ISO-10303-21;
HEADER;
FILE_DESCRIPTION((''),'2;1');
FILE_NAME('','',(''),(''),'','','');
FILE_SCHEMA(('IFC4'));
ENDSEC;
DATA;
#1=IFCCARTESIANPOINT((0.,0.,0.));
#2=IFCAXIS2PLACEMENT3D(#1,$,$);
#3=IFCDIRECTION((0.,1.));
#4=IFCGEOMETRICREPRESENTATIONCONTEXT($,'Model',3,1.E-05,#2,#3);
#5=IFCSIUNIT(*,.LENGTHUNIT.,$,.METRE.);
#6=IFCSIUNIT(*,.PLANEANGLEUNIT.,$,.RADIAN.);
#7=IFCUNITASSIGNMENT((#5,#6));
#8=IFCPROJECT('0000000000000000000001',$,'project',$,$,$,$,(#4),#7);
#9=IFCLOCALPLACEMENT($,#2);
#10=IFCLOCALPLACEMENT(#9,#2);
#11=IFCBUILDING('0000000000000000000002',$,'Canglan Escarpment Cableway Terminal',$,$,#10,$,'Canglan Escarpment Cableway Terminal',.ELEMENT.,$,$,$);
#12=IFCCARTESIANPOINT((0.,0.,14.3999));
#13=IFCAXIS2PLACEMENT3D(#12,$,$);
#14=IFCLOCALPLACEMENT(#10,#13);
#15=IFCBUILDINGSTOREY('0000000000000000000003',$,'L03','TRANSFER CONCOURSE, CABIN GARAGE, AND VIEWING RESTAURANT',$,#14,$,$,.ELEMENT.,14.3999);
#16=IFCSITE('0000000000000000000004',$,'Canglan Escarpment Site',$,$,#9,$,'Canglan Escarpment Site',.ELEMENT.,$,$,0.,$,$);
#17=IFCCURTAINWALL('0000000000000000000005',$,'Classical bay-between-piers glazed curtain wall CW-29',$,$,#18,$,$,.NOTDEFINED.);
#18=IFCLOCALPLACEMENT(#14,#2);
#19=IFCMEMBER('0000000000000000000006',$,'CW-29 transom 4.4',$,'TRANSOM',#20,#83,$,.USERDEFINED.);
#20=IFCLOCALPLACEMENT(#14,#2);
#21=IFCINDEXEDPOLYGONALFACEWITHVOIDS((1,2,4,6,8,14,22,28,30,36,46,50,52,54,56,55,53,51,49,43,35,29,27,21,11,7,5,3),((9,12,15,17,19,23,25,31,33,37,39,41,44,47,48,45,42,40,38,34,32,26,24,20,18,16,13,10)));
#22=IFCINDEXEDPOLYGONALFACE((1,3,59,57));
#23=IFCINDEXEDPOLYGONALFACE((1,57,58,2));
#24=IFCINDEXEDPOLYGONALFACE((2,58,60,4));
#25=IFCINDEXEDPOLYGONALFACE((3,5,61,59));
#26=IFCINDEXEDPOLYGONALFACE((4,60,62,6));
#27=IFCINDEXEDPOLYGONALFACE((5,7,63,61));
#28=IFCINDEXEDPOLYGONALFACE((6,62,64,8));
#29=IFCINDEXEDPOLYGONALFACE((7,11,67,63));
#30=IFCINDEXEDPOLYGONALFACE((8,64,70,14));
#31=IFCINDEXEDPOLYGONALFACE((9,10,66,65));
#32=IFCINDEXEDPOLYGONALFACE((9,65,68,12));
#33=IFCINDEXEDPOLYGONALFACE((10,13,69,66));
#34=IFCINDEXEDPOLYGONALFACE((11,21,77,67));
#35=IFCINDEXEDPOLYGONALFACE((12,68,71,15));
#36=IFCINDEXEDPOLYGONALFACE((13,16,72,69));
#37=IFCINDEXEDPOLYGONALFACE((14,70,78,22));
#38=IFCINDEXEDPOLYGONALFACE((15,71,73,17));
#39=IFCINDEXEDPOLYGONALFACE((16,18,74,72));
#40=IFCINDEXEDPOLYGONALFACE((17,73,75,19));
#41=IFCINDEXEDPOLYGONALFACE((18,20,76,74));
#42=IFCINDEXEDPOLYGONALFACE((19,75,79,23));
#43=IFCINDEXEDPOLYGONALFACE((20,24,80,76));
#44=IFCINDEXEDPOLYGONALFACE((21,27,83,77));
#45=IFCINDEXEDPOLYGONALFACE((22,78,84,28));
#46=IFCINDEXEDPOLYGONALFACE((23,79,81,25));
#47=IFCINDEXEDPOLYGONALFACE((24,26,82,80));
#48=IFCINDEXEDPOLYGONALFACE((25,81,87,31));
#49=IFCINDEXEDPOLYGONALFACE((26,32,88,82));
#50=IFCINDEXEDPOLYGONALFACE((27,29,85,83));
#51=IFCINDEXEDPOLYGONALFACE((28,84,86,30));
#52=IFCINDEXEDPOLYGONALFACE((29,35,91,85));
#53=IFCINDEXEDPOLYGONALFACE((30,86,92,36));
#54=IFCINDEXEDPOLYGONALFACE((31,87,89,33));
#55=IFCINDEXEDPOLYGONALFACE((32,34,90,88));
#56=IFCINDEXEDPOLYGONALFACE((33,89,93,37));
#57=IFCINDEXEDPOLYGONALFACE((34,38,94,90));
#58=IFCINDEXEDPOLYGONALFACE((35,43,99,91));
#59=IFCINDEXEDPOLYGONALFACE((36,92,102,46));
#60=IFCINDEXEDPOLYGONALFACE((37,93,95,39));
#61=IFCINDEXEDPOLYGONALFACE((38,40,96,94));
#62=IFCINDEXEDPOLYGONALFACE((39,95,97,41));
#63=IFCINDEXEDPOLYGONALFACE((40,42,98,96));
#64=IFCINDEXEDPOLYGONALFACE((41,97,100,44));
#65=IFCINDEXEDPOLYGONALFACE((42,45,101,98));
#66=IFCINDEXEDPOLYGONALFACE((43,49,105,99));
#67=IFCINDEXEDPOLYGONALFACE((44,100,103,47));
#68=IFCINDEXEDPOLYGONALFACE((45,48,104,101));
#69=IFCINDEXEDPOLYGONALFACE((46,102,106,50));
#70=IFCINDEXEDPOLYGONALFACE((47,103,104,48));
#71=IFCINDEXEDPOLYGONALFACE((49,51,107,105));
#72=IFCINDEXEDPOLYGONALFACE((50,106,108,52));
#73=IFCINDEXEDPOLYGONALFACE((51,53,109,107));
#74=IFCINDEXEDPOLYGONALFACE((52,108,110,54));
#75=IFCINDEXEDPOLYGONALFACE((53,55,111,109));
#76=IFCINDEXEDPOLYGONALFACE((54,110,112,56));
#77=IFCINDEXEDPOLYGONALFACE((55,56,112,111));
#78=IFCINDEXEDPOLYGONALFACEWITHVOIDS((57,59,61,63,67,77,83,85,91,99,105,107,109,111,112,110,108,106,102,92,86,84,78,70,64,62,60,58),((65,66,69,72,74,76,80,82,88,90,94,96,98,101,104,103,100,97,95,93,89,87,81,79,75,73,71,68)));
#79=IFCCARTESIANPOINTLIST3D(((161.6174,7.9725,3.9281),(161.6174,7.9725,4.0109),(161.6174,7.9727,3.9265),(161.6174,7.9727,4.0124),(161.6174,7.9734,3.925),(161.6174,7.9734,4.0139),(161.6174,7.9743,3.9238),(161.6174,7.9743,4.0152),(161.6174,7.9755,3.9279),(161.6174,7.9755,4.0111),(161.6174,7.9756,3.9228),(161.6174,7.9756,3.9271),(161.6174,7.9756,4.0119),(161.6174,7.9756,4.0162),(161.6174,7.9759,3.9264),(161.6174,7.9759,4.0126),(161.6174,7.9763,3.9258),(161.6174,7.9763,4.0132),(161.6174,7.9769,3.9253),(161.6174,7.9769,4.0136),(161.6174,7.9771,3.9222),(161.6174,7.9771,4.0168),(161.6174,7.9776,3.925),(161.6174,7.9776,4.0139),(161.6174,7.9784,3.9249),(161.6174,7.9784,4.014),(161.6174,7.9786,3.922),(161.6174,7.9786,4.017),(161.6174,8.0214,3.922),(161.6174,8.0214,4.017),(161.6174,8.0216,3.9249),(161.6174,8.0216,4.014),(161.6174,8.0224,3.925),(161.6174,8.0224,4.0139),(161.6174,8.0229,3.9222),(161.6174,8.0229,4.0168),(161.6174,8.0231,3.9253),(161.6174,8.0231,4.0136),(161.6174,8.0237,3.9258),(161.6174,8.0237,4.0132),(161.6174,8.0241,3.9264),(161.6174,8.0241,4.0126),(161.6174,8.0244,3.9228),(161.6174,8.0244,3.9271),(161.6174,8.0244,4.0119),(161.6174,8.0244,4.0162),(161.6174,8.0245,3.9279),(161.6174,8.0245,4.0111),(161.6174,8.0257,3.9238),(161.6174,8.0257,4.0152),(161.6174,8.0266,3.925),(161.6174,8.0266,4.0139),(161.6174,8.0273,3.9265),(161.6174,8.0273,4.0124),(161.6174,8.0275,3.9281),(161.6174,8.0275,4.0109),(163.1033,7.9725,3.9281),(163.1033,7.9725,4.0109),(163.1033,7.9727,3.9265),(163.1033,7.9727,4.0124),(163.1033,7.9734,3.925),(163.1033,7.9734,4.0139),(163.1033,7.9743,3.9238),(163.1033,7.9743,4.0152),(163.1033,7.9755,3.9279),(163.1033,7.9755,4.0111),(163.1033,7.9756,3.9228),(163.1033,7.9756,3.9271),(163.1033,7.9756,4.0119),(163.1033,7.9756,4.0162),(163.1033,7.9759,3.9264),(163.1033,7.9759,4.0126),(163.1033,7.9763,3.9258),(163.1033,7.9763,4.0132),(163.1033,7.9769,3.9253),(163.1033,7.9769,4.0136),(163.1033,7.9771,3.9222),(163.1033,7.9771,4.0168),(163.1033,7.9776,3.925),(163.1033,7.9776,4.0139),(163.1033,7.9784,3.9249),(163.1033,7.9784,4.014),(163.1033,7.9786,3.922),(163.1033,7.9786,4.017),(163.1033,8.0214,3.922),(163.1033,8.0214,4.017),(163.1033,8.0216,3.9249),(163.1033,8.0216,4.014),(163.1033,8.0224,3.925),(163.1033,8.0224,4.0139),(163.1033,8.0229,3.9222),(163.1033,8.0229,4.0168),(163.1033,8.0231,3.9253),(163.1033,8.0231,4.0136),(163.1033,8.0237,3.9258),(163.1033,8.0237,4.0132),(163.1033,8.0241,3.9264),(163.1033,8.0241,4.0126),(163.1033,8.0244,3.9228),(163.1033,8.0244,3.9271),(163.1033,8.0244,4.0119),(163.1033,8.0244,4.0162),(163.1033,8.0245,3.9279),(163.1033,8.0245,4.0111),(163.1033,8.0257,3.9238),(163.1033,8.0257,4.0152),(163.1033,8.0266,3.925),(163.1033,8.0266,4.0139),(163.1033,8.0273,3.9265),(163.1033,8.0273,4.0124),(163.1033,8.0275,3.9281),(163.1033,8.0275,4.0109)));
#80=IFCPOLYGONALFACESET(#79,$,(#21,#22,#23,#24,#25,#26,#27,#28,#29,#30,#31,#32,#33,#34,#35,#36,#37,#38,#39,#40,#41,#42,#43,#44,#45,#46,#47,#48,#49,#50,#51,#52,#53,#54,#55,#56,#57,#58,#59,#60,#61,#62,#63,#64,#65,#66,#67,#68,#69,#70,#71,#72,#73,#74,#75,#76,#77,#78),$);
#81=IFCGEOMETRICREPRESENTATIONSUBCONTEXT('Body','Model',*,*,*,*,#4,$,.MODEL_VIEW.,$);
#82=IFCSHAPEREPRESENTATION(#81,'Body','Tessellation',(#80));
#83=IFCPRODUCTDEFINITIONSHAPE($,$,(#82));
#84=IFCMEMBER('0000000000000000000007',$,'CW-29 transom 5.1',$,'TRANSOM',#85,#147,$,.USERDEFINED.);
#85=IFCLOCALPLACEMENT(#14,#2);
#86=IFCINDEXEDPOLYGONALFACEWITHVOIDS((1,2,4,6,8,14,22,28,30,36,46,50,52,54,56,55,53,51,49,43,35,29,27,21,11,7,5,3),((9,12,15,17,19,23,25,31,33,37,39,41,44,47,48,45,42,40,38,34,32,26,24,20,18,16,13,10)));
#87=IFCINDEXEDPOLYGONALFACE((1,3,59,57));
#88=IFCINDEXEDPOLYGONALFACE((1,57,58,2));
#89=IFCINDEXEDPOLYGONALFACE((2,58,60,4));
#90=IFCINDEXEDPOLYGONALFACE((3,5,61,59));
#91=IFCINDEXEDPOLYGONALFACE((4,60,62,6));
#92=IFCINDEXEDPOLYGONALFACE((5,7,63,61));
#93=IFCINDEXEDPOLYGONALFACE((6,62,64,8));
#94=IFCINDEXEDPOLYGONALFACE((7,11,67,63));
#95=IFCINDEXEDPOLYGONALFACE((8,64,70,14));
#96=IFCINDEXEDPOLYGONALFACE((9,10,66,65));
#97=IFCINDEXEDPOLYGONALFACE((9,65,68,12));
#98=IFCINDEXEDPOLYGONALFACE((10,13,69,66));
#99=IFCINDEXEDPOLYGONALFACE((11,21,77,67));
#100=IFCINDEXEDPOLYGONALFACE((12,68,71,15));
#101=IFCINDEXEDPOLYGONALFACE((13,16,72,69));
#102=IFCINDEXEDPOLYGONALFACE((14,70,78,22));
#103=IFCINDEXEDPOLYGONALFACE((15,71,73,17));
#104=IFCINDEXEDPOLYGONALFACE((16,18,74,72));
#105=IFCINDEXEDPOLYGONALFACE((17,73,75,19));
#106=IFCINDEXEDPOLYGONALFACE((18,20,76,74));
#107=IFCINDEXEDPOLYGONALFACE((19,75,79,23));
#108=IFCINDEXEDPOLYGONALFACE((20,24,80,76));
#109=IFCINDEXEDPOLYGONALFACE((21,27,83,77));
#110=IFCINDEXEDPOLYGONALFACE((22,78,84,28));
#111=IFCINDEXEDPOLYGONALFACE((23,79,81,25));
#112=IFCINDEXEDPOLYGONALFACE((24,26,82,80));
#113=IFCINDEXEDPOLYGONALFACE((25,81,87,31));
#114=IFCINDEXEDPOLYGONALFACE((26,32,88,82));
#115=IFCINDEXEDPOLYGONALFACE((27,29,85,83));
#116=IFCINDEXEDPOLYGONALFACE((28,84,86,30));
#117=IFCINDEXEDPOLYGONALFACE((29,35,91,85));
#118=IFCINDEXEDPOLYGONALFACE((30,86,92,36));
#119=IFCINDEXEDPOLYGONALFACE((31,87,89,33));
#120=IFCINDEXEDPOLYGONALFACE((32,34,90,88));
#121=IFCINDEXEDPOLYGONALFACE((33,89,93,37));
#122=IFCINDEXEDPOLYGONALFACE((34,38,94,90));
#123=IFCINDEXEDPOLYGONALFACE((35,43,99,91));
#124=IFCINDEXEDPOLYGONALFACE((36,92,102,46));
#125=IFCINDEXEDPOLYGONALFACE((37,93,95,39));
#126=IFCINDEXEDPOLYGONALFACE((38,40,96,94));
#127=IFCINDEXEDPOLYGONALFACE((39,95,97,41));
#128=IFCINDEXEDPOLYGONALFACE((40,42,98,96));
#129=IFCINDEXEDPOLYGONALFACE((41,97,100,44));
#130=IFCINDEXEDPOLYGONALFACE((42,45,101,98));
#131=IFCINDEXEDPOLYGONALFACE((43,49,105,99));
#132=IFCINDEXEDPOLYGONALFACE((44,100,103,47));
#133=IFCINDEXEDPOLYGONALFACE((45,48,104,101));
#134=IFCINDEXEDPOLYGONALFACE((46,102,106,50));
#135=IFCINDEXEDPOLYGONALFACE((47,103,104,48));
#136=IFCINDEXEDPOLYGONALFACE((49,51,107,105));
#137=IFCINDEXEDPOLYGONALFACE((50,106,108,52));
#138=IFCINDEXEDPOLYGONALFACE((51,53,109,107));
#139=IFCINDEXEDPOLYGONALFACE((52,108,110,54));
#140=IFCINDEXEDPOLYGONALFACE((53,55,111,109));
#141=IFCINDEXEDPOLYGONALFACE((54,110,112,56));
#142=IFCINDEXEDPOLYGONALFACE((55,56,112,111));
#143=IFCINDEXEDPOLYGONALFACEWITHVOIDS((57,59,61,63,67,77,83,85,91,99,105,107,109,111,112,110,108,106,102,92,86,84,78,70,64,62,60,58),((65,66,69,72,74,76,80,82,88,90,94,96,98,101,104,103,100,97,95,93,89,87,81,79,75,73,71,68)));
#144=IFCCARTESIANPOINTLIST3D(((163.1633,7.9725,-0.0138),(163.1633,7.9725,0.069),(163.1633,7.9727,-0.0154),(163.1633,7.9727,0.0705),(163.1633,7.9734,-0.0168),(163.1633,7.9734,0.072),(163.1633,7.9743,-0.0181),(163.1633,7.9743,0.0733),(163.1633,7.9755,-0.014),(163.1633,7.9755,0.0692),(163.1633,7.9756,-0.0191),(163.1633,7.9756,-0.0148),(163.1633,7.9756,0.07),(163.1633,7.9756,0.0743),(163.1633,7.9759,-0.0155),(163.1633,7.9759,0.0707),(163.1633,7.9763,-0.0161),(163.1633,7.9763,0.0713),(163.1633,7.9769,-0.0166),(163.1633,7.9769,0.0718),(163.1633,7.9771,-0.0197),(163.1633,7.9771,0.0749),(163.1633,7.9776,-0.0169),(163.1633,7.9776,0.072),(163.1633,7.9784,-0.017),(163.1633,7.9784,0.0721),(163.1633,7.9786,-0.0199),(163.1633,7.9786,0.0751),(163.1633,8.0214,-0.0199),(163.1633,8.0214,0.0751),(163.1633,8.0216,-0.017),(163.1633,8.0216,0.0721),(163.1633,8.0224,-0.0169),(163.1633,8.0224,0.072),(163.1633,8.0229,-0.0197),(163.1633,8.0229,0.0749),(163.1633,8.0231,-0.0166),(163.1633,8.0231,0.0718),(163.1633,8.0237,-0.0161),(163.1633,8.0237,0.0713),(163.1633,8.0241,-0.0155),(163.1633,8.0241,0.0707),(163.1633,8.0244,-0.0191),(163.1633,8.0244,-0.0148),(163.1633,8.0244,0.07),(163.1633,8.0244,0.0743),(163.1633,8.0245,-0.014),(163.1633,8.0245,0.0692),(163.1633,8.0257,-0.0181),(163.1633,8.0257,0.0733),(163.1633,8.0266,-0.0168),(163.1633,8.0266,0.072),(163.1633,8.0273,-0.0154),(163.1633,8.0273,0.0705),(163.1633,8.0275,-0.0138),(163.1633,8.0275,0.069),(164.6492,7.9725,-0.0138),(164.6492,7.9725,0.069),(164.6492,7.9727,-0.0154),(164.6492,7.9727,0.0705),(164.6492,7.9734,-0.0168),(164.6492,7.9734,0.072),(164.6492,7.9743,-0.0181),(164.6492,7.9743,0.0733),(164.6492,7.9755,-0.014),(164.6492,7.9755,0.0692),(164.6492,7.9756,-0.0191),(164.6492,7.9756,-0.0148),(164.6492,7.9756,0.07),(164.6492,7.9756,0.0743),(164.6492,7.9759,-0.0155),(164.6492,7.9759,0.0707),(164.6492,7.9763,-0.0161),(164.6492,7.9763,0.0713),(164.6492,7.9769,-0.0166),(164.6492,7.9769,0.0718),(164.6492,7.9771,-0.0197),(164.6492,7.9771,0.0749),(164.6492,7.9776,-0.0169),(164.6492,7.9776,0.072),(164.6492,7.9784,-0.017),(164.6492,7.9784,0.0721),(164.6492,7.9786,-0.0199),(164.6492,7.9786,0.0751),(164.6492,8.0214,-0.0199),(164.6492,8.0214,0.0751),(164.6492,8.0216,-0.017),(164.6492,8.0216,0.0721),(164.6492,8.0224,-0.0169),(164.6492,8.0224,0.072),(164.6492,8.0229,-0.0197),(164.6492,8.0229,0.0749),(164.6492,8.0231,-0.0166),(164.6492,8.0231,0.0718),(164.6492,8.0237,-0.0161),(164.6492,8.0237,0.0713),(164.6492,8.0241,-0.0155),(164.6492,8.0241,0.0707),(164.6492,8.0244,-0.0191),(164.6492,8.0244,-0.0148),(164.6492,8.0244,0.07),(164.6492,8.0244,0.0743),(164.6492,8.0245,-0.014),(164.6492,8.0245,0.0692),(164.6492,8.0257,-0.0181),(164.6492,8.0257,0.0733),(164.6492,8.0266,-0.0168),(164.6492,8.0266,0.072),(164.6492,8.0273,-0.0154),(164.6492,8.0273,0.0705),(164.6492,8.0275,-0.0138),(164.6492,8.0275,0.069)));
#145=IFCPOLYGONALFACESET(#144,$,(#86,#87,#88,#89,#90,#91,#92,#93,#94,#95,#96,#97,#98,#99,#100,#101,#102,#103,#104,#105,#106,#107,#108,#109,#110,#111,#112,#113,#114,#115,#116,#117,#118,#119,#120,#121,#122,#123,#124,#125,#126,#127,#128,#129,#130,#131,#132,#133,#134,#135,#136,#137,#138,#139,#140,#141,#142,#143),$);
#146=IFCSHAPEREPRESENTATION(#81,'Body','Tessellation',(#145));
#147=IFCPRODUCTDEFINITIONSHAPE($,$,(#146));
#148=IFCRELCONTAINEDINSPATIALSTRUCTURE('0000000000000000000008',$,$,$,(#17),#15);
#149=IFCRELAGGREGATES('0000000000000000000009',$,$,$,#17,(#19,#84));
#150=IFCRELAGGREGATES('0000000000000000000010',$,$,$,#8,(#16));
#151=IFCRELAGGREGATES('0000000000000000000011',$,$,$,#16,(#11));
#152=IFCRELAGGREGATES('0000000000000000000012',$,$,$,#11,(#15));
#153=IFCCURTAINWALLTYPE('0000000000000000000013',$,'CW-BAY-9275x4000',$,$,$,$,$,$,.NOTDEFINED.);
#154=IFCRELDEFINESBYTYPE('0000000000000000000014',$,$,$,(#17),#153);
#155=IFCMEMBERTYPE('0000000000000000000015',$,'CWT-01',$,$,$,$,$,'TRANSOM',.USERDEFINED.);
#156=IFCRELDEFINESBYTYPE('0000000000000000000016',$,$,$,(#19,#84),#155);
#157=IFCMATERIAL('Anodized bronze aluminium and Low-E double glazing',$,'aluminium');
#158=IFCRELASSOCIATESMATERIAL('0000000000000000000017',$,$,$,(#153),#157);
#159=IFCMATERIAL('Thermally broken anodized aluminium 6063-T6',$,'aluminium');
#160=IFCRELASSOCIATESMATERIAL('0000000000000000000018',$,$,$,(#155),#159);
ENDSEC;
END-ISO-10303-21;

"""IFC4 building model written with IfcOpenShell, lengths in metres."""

from ifc_helpers import new_model, si_unit, direction, frame, origin, origin_2d, place, context, subcontext, project, spatial, hollow_rectangle, extrude, material, material_profile, profile_set, type_object, element, aggregate, save


model = new_model("IFC4")

# Units and contexts
model_context = context("Model", 3, precision=1e-05, world=origin(), true_north=direction((0.0, 1.0)))
body_context = subcontext(model_context, "Body", "Model", "MODEL_VIEW")
ifc_project = project(units=[si_unit("LENGTHUNIT", "METRE"), si_unit("PLANEANGLEUNIT", "RADIAN")], contexts=[model_context])

# Site, building, storey
site_placement = place(None, origin())
site = spatial("IfcSite", under=ifc_project, at=site_placement, Name="Canglan Escarpment Site", LongName="Canglan Escarpment Site", CompositionType="ELEMENT", RefElevation=0.0)
building_placement = place(site_placement, origin())
building = spatial("IfcBuilding", under=site, at=building_placement, Name="Canglan Escarpment Cableway Terminal", LongName="Canglan Escarpment Cableway Terminal", CompositionType="ELEMENT")
storey_placement = place(building_placement, frame((0.0, 0.0, 14.3999)))
storey = spatial("IfcBuildingStorey", under=building, at=storey_placement, Name="L03", Description="TRANSFER CONCOURSE, CABIN GARAGE, AND VIEWING RESTAURANT", CompositionType="ELEMENT", Elevation=14.3999)

# Curtain wall, members
ifc_material_1 = material(Name="Anodized bronze aluminium and Low-E double glazing", Category="aluminium")
curtain_wall_type = type_object("IfcCurtainWallType", Name="CW-BAY-9275x4000", PredefinedType="NOTDEFINED", material=ifc_material_1)
curtain_wall_placement = place(storey_placement, origin())
curtain_wall = element("IfcCurtainWall", 1, at=curtain_wall_placement, inside=storey, type_object=curtain_wall_type, Name="Classical bay-between-piers glazed curtain wall CW-29", PredefinedType="NOTDEFINED")
ifc_material_2 = material(Name="Thermally broken anodized aluminium 6063-T6", Category="aluminium")
ifc_material_profile_1 = material_profile(ifc_material_2, hollow_rectangle(XDim=0.0549, YDim=0.095, WallThickness=0.0029, InnerFilletRadius=0.0029, OuterFilletRadius=0.0061, at=origin_2d()), Name="ALU-TRAN 55x95x3")
ifc_profile_set_1 = profile_set([ifc_material_profile_1], Name="Thermally broken anodized aluminium 6063-T6")
member_type_1 = type_object("IfcMemberType", Name="CWT-01", ElementType="TRANSOM", PredefinedType="USERDEFINED", material=ifc_profile_set_1)
member_1_placement = place(storey_placement, frame((161.6174, 8.0, 3.9695), z_axis=(1.0, 0.0, 0.0), x_axis=(0.0, 1.0, 0.0)))
member_1 = element("IfcMember", 2, at=member_1_placement, type_object=member_type_1, Name="CW-29 transom 4.4", ObjectType="TRANSOM", PredefinedType="USERDEFINED", context=body_context, shape_type="SweptSolid", body=[
    extrude(hollow_rectangle(XDim=0.0549, YDim=0.095, WallThickness=0.0029, InnerFilletRadius=0.0029, OuterFilletRadius=0.0061, at=origin_2d()), origin(), (0.0, 0.0, 1.0), 1.4858),
])
member_2_placement = place(storey_placement, frame((163.1633, 8.0, 0.0276), z_axis=(1.0, 0.0, 0.0), x_axis=(0.0, 1.0, 0.0)))
member_2 = element("IfcMember", 3, at=member_2_placement, type_object=member_type_1, Name="CW-29 transom 5.1", ObjectType="TRANSOM", PredefinedType="USERDEFINED", context=body_context, shape_type="SweptSolid", body=[
    extrude(hollow_rectangle(XDim=0.0549, YDim=0.095, WallThickness=0.0029, InnerFilletRadius=0.0029, OuterFilletRadius=0.0061, at=origin_2d()), origin(), (0.0, 0.0, 1.0), 1.4858),
])
aggregate(curtain_wall, [member_1, member_2])

save(model, "model.ifc")
